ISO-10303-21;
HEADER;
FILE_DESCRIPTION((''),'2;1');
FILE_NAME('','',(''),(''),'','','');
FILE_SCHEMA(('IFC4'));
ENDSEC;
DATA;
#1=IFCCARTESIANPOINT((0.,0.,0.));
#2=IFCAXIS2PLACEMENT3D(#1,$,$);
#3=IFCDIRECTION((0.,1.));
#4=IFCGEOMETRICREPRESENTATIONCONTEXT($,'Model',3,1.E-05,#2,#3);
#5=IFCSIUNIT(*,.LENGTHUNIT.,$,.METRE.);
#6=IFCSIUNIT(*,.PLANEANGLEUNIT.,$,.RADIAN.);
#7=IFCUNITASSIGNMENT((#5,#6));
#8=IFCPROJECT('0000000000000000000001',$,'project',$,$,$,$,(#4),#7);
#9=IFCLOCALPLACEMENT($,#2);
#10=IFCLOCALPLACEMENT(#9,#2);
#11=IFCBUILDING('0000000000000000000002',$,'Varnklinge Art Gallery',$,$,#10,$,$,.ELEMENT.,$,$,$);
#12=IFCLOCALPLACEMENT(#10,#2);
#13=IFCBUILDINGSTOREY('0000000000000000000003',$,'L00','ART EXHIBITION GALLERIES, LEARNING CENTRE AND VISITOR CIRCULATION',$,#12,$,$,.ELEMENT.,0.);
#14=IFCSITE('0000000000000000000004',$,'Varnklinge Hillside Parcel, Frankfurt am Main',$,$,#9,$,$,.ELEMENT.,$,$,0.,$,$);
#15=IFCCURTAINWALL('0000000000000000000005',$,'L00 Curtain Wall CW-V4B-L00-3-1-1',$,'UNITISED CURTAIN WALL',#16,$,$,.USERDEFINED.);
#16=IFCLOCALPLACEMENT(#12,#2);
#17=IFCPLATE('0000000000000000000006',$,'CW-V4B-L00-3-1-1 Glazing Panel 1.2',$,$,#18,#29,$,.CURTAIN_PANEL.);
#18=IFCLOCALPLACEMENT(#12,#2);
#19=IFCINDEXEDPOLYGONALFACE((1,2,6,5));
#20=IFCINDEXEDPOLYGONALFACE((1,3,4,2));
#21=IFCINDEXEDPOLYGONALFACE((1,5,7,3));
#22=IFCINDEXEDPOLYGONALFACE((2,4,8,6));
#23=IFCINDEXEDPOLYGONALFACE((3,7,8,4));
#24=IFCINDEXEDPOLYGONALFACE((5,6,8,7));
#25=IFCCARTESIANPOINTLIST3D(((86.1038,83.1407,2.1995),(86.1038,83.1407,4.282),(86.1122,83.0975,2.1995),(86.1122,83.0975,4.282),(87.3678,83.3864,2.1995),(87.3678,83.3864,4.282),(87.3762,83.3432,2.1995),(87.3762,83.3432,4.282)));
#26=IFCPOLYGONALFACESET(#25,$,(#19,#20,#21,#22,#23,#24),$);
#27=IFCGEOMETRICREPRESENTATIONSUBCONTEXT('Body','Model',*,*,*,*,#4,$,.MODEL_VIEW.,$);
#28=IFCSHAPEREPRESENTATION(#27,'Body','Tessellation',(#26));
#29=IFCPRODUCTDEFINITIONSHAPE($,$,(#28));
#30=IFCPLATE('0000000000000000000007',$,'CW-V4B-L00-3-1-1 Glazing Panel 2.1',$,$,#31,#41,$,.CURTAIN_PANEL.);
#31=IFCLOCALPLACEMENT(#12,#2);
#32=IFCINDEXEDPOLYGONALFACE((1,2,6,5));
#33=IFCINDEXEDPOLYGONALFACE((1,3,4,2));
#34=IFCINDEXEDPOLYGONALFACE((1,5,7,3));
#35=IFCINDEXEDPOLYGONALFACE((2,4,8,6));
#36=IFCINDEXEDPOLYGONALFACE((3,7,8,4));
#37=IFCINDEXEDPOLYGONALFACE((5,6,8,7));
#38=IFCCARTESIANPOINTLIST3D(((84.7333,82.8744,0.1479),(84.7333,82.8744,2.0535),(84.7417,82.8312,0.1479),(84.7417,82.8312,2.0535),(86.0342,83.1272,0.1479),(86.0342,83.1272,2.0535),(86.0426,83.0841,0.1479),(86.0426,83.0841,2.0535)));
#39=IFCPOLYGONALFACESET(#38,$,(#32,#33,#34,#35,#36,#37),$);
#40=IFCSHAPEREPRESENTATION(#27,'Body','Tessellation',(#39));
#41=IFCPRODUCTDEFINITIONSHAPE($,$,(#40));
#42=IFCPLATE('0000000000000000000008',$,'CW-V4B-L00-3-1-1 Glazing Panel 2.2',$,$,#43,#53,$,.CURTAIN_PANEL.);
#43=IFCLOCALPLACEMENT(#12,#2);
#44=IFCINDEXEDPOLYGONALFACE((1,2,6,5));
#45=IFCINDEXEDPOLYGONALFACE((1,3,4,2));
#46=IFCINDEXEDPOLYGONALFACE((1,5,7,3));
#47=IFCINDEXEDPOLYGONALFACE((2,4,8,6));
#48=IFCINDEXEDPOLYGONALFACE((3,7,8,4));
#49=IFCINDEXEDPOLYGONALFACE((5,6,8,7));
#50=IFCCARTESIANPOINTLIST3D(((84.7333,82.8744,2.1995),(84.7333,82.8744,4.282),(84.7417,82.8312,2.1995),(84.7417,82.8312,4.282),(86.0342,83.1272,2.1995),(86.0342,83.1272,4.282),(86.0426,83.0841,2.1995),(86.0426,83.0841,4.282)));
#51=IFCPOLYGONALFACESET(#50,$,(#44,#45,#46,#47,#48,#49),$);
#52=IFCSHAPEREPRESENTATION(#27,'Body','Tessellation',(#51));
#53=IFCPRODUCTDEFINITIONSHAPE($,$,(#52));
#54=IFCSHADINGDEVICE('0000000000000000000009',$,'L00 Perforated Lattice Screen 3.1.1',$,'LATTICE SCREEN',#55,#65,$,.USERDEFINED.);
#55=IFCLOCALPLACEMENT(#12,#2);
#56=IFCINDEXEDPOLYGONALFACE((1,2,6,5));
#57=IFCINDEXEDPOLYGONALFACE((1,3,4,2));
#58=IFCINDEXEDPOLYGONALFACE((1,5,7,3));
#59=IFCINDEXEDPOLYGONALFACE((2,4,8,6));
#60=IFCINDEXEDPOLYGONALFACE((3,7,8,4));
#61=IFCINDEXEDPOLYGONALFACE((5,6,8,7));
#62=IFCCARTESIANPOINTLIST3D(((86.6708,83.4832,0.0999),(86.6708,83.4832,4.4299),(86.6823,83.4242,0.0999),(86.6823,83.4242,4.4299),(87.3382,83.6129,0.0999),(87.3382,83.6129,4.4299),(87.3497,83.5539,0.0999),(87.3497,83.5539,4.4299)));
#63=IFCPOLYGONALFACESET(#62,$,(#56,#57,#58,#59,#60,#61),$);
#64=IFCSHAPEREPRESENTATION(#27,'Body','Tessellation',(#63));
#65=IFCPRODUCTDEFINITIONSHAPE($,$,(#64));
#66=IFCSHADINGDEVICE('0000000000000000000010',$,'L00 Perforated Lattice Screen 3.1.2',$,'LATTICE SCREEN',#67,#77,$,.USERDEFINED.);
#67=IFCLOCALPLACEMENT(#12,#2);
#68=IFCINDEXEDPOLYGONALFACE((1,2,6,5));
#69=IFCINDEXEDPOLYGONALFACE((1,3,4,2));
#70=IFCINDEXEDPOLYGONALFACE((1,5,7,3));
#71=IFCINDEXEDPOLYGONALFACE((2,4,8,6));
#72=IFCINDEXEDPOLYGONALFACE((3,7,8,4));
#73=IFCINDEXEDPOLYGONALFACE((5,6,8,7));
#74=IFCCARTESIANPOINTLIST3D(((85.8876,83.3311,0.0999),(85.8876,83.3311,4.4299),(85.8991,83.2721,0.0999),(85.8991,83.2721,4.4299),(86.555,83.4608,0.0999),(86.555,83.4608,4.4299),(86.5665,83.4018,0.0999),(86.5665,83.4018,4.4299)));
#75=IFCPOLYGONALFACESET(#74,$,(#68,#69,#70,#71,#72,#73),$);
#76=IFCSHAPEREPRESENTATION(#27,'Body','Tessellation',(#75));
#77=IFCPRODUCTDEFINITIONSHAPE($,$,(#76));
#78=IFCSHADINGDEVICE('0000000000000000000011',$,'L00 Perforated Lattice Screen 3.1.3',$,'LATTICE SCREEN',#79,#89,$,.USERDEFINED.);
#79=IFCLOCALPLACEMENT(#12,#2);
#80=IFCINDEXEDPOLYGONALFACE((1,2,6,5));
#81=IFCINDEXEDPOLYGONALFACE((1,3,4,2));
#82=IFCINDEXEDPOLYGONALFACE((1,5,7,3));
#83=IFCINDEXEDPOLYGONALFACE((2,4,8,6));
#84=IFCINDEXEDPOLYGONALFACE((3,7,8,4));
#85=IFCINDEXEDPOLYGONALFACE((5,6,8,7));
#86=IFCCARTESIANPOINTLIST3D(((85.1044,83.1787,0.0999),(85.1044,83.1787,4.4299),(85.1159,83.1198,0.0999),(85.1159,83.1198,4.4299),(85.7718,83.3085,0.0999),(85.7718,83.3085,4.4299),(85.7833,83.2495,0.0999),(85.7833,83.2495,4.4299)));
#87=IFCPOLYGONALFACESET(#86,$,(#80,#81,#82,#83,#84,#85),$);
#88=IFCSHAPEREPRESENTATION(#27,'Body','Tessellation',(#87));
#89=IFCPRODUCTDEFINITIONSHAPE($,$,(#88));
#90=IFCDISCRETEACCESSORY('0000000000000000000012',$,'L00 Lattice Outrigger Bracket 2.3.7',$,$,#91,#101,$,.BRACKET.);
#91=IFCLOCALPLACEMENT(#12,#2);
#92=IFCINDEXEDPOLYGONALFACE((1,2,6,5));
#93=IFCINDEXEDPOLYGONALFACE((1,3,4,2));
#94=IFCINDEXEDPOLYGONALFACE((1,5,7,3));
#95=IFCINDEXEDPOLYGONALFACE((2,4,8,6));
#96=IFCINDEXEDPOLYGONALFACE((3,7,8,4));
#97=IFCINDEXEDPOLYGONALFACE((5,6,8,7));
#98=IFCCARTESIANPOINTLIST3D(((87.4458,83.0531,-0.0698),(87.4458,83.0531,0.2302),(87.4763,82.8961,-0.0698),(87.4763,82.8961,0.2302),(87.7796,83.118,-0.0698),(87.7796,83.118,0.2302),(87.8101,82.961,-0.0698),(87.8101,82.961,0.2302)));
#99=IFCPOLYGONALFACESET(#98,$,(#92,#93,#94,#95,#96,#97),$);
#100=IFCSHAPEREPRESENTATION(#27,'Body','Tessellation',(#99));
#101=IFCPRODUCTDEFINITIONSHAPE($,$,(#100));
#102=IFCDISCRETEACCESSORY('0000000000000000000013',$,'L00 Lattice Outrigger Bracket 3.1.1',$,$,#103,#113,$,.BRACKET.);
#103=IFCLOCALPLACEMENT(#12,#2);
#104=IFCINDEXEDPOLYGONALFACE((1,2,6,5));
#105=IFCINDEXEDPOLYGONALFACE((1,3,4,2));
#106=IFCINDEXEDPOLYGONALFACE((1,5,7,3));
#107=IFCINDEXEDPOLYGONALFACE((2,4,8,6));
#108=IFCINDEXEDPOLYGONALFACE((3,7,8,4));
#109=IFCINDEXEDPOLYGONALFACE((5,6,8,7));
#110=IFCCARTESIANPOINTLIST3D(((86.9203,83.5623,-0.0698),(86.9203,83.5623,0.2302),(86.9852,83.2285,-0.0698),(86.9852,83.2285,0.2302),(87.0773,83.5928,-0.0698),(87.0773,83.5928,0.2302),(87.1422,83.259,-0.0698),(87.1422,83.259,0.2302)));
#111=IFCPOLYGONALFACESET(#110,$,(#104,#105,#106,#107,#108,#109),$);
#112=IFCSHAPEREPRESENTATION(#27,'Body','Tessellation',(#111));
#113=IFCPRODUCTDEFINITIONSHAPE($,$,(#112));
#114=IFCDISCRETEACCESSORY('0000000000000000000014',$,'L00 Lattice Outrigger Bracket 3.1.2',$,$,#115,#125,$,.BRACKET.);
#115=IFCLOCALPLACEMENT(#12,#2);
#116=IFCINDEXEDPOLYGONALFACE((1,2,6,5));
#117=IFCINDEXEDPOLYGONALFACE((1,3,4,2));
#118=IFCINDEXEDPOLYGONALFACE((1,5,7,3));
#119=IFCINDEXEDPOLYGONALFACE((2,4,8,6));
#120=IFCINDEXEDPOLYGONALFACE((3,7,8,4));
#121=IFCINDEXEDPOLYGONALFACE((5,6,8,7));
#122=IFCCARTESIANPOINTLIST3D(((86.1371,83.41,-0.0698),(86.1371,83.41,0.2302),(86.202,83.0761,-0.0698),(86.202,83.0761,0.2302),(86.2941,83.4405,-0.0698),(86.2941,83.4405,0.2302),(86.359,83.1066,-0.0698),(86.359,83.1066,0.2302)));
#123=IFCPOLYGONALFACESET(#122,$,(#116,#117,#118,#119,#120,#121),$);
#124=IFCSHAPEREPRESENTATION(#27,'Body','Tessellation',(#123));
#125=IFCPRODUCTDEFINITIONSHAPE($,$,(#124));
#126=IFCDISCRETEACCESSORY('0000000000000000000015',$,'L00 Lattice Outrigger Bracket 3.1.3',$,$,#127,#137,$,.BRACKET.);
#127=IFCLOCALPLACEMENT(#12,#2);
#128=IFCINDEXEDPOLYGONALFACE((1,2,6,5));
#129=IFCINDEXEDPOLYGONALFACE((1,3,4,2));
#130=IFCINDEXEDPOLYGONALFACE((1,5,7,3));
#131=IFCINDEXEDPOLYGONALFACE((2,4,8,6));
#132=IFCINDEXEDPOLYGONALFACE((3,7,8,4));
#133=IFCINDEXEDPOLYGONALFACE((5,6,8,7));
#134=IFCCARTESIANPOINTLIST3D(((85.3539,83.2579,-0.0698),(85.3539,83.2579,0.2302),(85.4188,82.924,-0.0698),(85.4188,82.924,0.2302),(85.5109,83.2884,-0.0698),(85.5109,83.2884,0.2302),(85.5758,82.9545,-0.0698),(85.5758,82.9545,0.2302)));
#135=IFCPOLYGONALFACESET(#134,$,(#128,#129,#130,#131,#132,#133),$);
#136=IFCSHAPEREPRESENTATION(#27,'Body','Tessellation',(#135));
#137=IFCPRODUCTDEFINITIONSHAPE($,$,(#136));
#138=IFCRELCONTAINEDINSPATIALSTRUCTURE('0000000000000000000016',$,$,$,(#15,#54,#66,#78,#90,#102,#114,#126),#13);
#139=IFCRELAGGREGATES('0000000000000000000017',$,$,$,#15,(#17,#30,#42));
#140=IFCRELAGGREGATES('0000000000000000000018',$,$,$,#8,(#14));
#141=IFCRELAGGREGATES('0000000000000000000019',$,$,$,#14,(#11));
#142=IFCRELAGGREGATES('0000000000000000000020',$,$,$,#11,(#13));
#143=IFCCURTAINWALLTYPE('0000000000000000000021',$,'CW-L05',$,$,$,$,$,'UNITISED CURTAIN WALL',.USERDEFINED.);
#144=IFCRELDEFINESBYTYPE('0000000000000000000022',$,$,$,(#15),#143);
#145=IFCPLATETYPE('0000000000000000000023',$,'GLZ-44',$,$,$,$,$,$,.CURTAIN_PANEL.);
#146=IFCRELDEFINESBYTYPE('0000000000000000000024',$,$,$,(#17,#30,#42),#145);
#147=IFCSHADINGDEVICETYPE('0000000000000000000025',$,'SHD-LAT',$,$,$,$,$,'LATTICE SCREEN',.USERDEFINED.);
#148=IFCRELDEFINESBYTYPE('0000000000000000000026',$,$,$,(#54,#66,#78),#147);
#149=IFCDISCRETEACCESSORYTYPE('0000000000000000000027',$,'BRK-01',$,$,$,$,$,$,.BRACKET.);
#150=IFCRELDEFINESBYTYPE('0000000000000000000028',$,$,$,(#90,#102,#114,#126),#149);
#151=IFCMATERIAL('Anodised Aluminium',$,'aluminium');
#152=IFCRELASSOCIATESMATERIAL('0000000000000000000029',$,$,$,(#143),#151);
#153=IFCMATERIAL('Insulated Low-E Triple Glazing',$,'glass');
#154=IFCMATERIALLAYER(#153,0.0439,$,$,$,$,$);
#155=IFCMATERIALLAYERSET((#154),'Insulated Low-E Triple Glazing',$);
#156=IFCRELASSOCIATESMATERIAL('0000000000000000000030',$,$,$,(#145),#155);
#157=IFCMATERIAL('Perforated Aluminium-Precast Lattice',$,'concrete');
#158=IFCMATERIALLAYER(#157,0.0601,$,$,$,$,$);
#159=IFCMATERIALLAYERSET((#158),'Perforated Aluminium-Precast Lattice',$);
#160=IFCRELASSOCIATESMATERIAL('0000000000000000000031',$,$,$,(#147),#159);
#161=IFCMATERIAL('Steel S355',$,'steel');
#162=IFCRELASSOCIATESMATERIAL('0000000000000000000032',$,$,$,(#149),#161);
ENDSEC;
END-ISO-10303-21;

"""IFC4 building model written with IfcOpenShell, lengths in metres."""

from ifc_helpers import new_model, si_unit, direction, frame, origin, origin_2d, place, context, subcontext, project, spatial, rectangle, extrude, material, layer, layer_set, type_object, element, aggregate, save


model = new_model("IFC4")

# Units and contexts
model_context = context("Model", 3, precision=1e-05, world=origin(), true_north=direction((0.0, 1.0)))
body_context = subcontext(model_context, "Body", "Model", "MODEL_VIEW")
ifc_project = project(units=[si_unit("LENGTHUNIT", "METRE"), si_unit("PLANEANGLEUNIT", "RADIAN")], contexts=[model_context])

# Site, building, storey
site_placement = place(None, origin())
site = spatial("IfcSite", under=ifc_project, at=site_placement, Name="Varnklinge Hillside Parcel, Frankfurt am Main", CompositionType="ELEMENT", RefElevation=0.0)
building_placement = place(site_placement, origin())
building = spatial("IfcBuilding", under=site, at=building_placement, Name="Varnklinge Art Gallery", CompositionType="ELEMENT")
storey_placement = place(building_placement, origin())
storey = spatial("IfcBuildingStorey", under=building, at=storey_placement, Name="L00", Description="ART EXHIBITION GALLERIES, LEARNING CENTRE AND VISITOR CIRCULATION", CompositionType="ELEMENT", Elevation=0.0)

# Curtain wall
ifc_material_1 = material(Name="Anodised Aluminium", Category="aluminium")
curtain_wall_type = type_object("IfcCurtainWallType", Name="CW-L05", ElementType="UNITISED CURTAIN WALL", PredefinedType="USERDEFINED", material=ifc_material_1)
curtain_wall_1_placement = place(storey_placement, origin())
curtain_wall_1 = element("IfcCurtainWall", 1, at=curtain_wall_1_placement, inside=storey, type_object=curtain_wall_type, Name="L00 Curtain Wall CW-V4B-L00-3-1-1", ObjectType="UNITISED CURTAIN WALL", PredefinedType="USERDEFINED")

# Plates
ifc_material_2 = material(Name="Insulated Low-E Triple Glazing", Category="glass")
ifc_layer_1 = layer(ifc_material_2, 0.0439)
ifc_layer_set_1 = layer_set([ifc_layer_1], Name="Insulated Low-E Triple Glazing")
plate_type = type_object("IfcPlateType", Name="GLZ-44", PredefinedType="CURTAIN_PANEL", material=ifc_layer_set_1)
plate_1_placement = place(storey_placement, frame((86.74, 83.2419, 2.1995), z_axis=(0.0, 0.0, 1.0), x_axis=(-0.981627, -0.190809, 0.0)))
plate_1 = element("IfcPlate", 2, at=plate_1_placement, type_object=plate_type, Name="CW-V4B-L00-3-1-1 Glazing Panel 1.2", PredefinedType="CURTAIN_PANEL", context=body_context, shape_type="SweptSolid", body=[
    extrude(rectangle(XDim=1.2876, YDim=0.0439, at=origin_2d()), origin(), (0.0, 0.0, 1.0), 2.0825),
])
plate_2_placement = place(storey_placement, frame((85.3879, 82.9792, 0.1479), z_axis=(0.0, 0.0, 1.0), x_axis=(-0.981627, -0.190809, 0.0)))
plate_2 = element("IfcPlate", 3, at=plate_2_placement, type_object=plate_type, Name="CW-V4B-L00-3-1-1 Glazing Panel 2.1", PredefinedType="CURTAIN_PANEL", context=body_context, shape_type="SweptSolid", body=[
    extrude(rectangle(XDim=1.3252, YDim=0.0439, at=origin_2d()), origin(), (0.0, 0.0, 1.0), 1.9055),
])
plate_3_placement = place(storey_placement, frame((85.3879, 82.9792, 2.1995), z_axis=(0.0, 0.0, 1.0), x_axis=(-0.981627, -0.190809, 0.0)))
plate_3 = element("IfcPlate", 4, at=plate_3_placement, type_object=plate_type, Name="CW-V4B-L00-3-1-1 Glazing Panel 2.2", PredefinedType="CURTAIN_PANEL", context=body_context, shape_type="SweptSolid", body=[
    extrude(rectangle(XDim=1.3252, YDim=0.0439, at=origin_2d()), origin(), (0.0, 0.0, 1.0), 2.0825),
])
aggregate(curtain_wall_1, [plate_1, plate_2, plate_3])

# Shading devices
ifc_material_3 = material(Name="Perforated Aluminium-Precast Lattice", Category="concrete")
ifc_layer_2 = layer(ifc_material_3, 0.0601)
ifc_layer_set_2 = layer_set([ifc_layer_2], Name="Perforated Aluminium-Precast Lattice")
shading_device_type = type_object("IfcShadingDeviceType", Name="SHD-LAT", ElementType="LATTICE SCREEN", PredefinedType="USERDEFINED", material=ifc_layer_set_2)
for number, where, z_axis, x_axis, name in (
    (5, (87.0103, 83.5186, 0.0999), (0.0, 0.0, 1.0), (-0.981627, -0.190809, 0.0), "L00 Perforated Lattice Screen 3.1.1"),
    (6, (86.2271, 83.3665, 0.0999), (0.0, 0.0, 1.0), (-0.981627, -0.190809, 0.0), "L00 Perforated Lattice Screen 3.1.2"),
    (7, (85.4438, 83.2141, 0.0999), (0.0, 0.0, 1.0), (-0.981627, -0.190809, 0.0), "L00 Perforated Lattice Screen 3.1.3"),
):
    element("IfcShadingDevice", number, at=place(storey_placement, frame(where, z_axis=z_axis, x_axis=x_axis)), inside=storey, type_object=shading_device_type, Name=name, ObjectType="LATTICE SCREEN", PredefinedType="USERDEFINED", context=body_context, shape_type="SweptSolid", body=[
        extrude(rectangle(XDim=0.6799, YDim=0.0601, at=origin_2d()), origin(), (0.0, 0.0, 1.0), 4.3301),
    ])

# Discrete accessories
ifc_material_4 = material(Name="Steel S355", Category="steel")
discrete_accessory_type = type_object("IfcDiscreteAccessoryType", Name="BRK-01", PredefinedType="BRACKET", material=ifc_material_4)
for number, where, z_axis, x_axis, name in (
    (8, (87.6279, 83.0071, -0.0698), (0.0, 0.0, 1.0), (-0.190809, 0.981627, 0.0), "L00 Lattice Outrigger Bracket 2.3.7"),
    (9, (87.0312, 83.4106, -0.0698), (0.0, 0.0, 1.0), (-0.981627, -0.190809, 0.0), "L00 Lattice Outrigger Bracket 3.1.1"),
    (10, (86.248, 83.2583, -0.0698), (0.0, 0.0, 1.0), (-0.981627, -0.190809, 0.0), "L00 Lattice Outrigger Bracket 3.1.2"),
    (11, (85.4648, 83.1062, -0.0698), (0.0, 0.0, 1.0), (-0.981627, -0.190809, 0.0), "L00 Lattice Outrigger Bracket 3.1.3"),
):
    element("IfcDiscreteAccessory", number, at=place(storey_placement, frame(where, z_axis=z_axis, x_axis=x_axis)), inside=storey, type_object=discrete_accessory_type, Name=name, PredefinedType="BRACKET", context=body_context, shape_type="SweptSolid", body=[
        extrude(rectangle(XDim=0.1599, YDim=0.3401, at=origin_2d()), origin(), (0.0, 0.0, 1.0), 0.3),
    ])

save(model, "model.ifc")
